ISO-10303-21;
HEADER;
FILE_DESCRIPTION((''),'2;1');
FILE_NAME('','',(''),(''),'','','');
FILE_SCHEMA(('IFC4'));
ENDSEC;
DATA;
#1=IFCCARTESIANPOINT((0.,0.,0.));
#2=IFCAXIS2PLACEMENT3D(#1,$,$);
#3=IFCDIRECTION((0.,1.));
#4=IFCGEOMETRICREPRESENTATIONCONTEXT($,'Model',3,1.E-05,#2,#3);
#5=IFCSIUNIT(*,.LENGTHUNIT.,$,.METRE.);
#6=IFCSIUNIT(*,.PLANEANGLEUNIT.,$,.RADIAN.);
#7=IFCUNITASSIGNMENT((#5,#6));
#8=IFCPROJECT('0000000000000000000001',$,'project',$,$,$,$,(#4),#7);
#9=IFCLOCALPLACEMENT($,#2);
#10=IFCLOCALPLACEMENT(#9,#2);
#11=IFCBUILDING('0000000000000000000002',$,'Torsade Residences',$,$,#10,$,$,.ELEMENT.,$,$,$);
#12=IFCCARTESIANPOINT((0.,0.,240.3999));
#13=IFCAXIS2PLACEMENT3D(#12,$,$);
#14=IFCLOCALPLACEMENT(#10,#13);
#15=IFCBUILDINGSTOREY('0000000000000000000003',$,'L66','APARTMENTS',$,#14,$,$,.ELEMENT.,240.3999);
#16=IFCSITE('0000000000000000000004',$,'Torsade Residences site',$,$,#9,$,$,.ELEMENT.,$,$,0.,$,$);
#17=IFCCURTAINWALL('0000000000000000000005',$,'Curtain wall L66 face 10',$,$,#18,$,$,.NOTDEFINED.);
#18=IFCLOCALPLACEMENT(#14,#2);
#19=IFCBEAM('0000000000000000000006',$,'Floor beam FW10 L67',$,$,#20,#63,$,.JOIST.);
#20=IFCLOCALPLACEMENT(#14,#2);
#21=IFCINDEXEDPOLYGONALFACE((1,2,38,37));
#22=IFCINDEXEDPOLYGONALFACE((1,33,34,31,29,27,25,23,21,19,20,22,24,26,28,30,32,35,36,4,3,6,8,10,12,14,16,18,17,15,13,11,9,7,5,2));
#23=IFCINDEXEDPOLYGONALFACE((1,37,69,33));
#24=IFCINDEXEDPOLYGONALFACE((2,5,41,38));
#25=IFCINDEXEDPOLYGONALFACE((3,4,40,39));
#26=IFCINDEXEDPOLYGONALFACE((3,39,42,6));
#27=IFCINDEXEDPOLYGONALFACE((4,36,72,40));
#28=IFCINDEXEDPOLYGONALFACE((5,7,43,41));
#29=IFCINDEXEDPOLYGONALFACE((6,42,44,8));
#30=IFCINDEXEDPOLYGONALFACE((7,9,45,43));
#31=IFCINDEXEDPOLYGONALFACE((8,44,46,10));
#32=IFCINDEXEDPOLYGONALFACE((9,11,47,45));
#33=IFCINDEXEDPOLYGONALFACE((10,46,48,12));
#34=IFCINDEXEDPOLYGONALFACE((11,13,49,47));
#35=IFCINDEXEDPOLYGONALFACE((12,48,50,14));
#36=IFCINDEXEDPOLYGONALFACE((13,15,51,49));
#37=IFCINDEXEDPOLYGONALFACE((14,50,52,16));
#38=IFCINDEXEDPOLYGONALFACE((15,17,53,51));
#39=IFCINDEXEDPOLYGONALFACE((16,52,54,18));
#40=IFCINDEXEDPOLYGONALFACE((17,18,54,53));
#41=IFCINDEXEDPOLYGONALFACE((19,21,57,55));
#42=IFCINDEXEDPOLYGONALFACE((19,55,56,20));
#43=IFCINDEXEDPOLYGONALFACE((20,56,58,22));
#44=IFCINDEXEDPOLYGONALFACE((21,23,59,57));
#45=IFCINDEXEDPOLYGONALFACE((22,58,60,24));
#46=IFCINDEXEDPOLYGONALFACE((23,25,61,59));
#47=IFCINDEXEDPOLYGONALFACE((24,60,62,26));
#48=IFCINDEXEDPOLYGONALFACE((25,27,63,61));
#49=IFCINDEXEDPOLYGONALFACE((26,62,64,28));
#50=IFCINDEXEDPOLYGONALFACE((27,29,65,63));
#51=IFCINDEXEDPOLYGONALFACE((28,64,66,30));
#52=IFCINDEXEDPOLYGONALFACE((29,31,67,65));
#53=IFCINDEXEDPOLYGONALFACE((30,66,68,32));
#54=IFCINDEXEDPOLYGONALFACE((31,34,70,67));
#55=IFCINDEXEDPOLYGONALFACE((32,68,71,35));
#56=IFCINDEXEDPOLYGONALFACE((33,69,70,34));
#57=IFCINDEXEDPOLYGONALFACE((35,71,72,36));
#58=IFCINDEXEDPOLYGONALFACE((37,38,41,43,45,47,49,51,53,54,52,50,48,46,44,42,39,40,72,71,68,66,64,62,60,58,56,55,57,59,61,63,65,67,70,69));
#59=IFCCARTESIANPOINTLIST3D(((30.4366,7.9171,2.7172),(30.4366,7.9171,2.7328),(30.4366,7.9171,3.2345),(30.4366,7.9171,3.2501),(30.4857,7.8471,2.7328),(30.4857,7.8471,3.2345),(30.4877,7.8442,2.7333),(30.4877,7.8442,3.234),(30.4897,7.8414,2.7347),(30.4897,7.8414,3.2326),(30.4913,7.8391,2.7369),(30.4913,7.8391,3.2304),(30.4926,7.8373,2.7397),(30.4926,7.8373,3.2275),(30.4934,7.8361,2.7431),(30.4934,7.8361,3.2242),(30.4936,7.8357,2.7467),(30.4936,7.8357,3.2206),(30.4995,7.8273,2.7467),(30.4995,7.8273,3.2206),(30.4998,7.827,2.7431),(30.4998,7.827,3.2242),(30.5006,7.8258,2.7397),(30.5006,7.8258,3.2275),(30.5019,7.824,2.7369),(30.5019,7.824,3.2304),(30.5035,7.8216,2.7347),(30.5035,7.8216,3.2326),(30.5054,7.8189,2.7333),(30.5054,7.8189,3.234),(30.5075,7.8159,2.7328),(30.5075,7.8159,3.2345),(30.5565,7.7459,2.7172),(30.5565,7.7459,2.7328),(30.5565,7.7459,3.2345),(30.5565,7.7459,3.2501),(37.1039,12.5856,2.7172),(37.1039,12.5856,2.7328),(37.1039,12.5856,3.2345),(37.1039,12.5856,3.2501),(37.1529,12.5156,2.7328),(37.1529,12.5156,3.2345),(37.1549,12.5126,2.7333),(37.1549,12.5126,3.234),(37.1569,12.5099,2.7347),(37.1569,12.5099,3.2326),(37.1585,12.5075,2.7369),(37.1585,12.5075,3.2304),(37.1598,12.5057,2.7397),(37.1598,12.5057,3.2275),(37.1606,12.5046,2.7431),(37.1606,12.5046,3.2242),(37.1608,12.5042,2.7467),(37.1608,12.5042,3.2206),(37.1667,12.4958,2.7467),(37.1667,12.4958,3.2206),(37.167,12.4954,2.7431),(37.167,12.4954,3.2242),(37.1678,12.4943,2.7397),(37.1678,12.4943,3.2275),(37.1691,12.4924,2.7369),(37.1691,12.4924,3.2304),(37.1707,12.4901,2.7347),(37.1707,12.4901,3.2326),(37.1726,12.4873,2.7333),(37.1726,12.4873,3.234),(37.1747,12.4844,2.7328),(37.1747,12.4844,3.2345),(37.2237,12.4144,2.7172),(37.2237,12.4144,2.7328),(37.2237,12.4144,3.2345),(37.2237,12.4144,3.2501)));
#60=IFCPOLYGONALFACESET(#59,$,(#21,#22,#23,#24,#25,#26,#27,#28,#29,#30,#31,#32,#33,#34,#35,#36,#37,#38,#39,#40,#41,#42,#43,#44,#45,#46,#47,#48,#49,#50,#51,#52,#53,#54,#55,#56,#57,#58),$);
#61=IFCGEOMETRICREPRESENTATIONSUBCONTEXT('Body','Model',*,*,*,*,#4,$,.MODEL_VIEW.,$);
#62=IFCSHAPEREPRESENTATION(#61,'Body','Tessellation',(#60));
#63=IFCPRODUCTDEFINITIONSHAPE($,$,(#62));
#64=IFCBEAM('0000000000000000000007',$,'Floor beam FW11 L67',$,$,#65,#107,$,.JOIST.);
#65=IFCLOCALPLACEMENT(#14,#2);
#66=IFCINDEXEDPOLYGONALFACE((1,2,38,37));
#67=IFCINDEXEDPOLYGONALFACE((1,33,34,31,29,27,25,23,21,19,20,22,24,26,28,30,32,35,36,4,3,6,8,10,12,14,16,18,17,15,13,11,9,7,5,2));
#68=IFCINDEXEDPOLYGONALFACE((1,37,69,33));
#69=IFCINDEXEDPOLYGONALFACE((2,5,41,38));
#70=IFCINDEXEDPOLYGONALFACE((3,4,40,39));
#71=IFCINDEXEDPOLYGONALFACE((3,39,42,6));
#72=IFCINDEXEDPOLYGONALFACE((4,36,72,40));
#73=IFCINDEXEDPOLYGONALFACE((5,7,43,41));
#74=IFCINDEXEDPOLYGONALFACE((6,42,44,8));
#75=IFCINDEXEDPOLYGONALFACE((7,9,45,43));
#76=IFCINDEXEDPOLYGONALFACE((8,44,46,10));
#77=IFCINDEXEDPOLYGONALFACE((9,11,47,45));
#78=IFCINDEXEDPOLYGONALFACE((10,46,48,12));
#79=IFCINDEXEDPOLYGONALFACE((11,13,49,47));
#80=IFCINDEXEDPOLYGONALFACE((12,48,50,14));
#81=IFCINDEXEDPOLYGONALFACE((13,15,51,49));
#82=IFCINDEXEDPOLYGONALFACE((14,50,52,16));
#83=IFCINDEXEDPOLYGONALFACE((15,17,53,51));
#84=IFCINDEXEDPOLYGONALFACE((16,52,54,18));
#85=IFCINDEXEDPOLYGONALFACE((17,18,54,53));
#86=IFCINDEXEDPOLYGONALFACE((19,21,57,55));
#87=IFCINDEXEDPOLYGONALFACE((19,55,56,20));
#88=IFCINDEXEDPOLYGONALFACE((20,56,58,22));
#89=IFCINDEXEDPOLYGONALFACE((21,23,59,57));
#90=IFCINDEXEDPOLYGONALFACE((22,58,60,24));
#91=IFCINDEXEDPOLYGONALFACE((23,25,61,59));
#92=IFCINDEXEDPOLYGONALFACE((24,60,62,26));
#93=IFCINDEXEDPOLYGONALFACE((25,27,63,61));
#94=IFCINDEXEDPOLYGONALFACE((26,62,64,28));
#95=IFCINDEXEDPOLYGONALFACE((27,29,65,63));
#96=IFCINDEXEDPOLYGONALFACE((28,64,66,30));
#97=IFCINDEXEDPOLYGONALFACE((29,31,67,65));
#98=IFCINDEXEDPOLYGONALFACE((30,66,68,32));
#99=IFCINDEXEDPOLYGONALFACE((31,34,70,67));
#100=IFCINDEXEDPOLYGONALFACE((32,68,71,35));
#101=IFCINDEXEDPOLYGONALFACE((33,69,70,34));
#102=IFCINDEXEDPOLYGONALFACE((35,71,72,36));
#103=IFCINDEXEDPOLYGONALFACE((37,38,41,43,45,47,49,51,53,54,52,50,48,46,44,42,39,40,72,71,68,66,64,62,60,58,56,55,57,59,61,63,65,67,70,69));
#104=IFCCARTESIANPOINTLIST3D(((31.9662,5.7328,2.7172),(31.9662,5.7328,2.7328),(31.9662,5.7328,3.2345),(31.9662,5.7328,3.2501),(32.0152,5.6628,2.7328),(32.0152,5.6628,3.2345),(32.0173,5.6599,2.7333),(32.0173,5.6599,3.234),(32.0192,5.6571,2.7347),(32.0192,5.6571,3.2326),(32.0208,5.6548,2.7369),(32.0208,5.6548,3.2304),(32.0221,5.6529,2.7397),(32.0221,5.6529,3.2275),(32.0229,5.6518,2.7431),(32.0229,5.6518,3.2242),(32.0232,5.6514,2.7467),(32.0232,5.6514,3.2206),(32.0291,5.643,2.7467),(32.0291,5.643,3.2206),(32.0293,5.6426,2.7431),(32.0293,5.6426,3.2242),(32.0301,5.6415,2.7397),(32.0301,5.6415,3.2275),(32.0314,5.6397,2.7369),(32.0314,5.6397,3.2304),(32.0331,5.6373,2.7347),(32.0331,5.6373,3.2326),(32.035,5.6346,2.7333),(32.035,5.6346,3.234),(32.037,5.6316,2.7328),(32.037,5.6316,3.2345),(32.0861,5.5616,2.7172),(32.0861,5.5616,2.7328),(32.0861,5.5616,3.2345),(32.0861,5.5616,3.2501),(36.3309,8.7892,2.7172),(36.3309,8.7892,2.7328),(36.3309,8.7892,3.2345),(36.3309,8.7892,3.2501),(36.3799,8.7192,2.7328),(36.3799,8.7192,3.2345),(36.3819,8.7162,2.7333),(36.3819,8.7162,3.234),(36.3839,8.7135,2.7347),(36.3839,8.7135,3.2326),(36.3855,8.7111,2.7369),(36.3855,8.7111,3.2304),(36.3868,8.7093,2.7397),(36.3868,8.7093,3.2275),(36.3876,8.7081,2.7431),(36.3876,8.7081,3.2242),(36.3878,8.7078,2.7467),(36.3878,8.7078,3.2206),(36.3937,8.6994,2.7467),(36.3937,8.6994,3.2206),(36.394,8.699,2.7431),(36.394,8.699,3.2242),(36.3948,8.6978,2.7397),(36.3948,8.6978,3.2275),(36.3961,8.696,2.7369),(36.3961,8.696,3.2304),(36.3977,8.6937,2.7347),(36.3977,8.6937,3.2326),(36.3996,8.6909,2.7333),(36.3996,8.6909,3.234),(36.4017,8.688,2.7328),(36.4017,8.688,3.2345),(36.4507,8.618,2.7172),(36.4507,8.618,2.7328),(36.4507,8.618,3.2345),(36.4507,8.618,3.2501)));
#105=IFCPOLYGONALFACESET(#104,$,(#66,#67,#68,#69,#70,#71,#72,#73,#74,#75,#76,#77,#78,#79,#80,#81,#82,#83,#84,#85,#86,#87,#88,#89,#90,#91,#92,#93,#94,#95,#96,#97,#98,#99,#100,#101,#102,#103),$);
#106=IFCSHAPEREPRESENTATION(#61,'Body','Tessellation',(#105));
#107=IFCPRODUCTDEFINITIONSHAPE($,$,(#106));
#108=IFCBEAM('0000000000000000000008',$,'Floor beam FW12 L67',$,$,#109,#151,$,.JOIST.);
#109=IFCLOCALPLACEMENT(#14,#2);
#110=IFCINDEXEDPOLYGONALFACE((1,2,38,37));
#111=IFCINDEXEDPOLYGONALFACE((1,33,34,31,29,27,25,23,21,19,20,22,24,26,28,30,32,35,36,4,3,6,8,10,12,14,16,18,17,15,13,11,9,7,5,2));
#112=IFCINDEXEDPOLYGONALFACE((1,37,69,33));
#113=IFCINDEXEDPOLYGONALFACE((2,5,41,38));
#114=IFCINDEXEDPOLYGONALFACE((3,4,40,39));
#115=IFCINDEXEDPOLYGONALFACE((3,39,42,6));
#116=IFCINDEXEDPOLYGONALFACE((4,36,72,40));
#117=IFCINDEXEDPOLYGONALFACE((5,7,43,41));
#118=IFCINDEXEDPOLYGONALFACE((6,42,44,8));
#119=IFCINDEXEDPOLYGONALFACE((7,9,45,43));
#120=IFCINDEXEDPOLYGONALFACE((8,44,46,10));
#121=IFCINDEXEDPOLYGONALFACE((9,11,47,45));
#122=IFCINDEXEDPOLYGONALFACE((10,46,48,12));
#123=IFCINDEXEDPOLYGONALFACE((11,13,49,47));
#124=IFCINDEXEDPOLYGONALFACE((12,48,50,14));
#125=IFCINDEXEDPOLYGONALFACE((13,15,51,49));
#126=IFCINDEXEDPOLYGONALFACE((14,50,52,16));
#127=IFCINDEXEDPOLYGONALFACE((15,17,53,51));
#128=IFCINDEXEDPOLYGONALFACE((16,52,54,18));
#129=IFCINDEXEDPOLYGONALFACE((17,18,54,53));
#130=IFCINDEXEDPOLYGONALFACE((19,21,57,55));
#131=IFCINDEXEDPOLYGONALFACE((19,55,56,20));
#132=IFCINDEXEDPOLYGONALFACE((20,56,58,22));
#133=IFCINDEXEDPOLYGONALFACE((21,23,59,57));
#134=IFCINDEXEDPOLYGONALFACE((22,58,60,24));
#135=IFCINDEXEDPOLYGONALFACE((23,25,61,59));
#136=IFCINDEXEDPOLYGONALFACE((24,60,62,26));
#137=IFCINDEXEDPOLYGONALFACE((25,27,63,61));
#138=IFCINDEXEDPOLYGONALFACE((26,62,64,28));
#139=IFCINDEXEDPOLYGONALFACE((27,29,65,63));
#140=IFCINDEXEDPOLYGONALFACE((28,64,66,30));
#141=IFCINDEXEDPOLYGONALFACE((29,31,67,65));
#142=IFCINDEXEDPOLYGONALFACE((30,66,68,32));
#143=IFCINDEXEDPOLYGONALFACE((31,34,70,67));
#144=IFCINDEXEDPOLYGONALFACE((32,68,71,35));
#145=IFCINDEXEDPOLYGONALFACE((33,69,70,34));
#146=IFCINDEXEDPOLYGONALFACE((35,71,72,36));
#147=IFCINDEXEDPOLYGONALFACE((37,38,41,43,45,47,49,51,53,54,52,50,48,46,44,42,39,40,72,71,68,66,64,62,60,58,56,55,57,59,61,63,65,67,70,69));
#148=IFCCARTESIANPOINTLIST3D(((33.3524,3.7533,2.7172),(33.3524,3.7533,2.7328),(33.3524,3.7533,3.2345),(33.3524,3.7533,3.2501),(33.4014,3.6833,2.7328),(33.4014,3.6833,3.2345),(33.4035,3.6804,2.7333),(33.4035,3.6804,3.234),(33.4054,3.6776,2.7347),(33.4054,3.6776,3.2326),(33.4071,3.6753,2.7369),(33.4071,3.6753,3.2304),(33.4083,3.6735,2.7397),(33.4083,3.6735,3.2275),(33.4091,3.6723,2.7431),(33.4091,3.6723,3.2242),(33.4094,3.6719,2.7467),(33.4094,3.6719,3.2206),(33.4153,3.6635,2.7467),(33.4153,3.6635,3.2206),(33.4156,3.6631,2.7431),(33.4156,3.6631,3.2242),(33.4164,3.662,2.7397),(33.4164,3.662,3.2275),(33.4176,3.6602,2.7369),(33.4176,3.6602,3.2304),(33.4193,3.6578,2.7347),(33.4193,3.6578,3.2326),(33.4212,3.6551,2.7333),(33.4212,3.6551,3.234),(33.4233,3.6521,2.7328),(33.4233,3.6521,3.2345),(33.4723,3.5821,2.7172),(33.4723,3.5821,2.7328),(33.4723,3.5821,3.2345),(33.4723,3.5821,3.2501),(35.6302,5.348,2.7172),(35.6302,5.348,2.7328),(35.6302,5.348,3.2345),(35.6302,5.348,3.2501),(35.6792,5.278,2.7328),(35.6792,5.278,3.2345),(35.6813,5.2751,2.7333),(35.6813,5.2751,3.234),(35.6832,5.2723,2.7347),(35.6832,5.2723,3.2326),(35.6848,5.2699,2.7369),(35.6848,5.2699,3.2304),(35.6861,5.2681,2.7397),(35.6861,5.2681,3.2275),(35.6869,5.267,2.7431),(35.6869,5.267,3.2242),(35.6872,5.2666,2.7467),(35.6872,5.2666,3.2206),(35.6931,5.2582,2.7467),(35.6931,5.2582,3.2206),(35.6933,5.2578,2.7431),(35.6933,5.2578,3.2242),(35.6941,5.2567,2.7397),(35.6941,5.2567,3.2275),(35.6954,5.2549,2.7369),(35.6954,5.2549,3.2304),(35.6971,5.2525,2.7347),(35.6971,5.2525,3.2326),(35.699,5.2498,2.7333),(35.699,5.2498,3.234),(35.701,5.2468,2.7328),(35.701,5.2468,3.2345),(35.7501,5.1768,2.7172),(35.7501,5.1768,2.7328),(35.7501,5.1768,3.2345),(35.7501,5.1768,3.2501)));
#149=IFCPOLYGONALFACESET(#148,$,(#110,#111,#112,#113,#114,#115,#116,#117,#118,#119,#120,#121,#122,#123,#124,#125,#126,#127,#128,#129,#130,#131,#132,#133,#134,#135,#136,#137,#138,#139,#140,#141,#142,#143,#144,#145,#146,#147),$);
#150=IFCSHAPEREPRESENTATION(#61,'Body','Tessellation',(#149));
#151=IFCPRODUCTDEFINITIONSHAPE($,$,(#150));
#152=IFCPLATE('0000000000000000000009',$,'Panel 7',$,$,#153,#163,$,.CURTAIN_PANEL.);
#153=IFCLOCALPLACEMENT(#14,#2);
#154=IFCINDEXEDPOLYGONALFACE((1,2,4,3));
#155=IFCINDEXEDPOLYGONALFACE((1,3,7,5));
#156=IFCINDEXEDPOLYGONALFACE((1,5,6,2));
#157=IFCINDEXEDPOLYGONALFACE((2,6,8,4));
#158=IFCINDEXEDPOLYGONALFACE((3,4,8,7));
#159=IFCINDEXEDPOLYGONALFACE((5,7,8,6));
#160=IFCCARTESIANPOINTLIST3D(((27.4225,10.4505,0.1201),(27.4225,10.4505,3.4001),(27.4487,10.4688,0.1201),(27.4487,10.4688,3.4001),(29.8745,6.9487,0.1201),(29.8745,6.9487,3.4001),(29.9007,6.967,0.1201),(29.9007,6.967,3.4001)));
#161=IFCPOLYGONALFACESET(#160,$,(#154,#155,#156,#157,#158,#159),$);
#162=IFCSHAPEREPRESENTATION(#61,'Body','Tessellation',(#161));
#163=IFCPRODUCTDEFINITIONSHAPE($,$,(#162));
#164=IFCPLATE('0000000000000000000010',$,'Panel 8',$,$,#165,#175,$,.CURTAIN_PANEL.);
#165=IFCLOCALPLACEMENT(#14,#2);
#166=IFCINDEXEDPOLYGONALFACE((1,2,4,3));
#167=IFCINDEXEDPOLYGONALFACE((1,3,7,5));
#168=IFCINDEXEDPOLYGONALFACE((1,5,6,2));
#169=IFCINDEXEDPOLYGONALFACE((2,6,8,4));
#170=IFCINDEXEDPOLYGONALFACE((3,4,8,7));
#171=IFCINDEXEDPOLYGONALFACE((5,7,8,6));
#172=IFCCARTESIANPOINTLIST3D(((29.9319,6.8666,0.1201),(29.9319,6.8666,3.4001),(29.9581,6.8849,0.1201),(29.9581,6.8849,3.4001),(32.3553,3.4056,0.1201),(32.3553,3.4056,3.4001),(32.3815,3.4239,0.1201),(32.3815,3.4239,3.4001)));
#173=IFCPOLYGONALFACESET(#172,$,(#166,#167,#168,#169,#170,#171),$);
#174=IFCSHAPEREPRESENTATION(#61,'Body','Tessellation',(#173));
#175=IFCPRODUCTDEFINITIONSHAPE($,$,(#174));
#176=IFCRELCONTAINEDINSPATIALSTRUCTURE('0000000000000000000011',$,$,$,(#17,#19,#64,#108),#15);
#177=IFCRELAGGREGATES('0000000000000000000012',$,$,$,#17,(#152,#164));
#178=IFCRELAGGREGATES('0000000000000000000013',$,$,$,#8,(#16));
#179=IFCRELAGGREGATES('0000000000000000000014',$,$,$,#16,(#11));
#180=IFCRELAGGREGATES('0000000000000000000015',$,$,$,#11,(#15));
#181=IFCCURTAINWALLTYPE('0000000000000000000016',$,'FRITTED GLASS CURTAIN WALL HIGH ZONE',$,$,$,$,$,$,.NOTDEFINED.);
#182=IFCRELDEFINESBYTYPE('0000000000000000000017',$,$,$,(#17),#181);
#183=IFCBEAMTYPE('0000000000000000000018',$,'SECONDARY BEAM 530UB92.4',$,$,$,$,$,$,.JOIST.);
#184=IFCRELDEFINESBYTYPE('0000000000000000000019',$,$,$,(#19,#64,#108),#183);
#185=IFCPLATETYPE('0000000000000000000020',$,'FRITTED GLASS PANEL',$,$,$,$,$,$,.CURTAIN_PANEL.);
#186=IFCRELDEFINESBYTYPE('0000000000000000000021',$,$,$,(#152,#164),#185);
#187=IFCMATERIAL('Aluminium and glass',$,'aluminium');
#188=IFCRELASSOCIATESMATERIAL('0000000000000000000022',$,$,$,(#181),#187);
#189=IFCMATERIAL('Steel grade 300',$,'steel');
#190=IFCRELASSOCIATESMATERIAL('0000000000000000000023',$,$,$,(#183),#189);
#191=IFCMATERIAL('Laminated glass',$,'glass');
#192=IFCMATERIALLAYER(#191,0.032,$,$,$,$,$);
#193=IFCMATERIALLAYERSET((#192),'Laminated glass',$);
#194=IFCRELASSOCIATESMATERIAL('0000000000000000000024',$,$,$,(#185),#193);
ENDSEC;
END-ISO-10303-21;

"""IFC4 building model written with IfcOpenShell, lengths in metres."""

from ifc_helpers import new_model, si_unit, direction, frame, origin, origin_2d, place, context, subcontext, project, spatial, rectangle, i_section, extrude, material, layer, layer_set, material_profile, profile_set, type_object, element, aggregate, save


model = new_model("IFC4")

# Units and contexts
model_context = context("Model", 3, precision=1e-05, world=origin(), true_north=direction((0.0, 1.0)))
body_context = subcontext(model_context, "Body", "Model", "MODEL_VIEW")
ifc_project = project(units=[si_unit("LENGTHUNIT", "METRE"), si_unit("PLANEANGLEUNIT", "RADIAN")], contexts=[model_context])

# Site, building, storey
site_placement = place(None, origin())
site = spatial("IfcSite", under=ifc_project, at=site_placement, Name="Torsade Residences site", CompositionType="ELEMENT", RefElevation=0.0)
building_placement = place(site_placement, origin())
building = spatial("IfcBuilding", under=site, at=building_placement, Name="Torsade Residences", CompositionType="ELEMENT")
storey_placement = place(building_placement, frame((0.0, 0.0, 240.3999)))
storey = spatial("IfcBuildingStorey", under=building, at=storey_placement, Name="L66", Description="APARTMENTS", CompositionType="ELEMENT", Elevation=240.3999)

# Shared definitions
ifc_material_1 = material(Name="Aluminium and glass", Category="aluminium")
curtain_wall_type = type_object("IfcCurtainWallType", Name="FRITTED GLASS CURTAIN WALL HIGH ZONE", PredefinedType="NOTDEFINED", material=ifc_material_1)

# Curtain wall
curtain_wall_1_placement = place(storey_placement, origin())
curtain_wall_1 = element("IfcCurtainWall", 1, at=curtain_wall_1_placement, inside=storey, type_object=curtain_wall_type, Name="Curtain wall L66 face 10", PredefinedType="NOTDEFINED")

# Beams
ifc_material_2 = material(Name="Steel grade 300", Category="steel")
ifc_material_profile_1 = material_profile(ifc_material_2, i_section(OverallWidth=0.209, OverallDepth=0.533, WebThickness=0.0103, FlangeThickness=0.0156, FilletRadius=0.0139, at=origin_2d()), Name="530UB92.4")
ifc_profile_set_1 = profile_set([ifc_material_profile_1], Name="Steel grade 300")
beam_type_1 = type_object("IfcBeamType", Name="SECONDARY BEAM 530UB92.4", PredefinedType="JOIST", material=ifc_profile_set_1)
beam_1_placement = place(storey_placement, frame((30.4966, 7.8315, 2.9836), z_axis=(0.819152, 0.573577, 0.0), x_axis=(-0.573577, 0.819152, 0.0)))
element("IfcBeam", 2, at=beam_1_placement, inside=storey, type_object=beam_type_1, Name="Floor beam FW10 L67", PredefinedType="JOIST", context=body_context, shape_type="SweptSolid", body=[
    extrude(i_section(OverallWidth=0.209, OverallDepth=0.533, WebThickness=0.0103, FlangeThickness=0.0156, FilletRadius=0.0139, at=origin_2d()), origin(), (0.0, 0.0, 1.0), 8.1392),
])
beam_2_placement = place(storey_placement, frame((32.0261, 5.6472, 2.9836), z_axis=(0.819137, 0.573598, 0.0), x_axis=(-0.573598, 0.819137, 0.0)))
element("IfcBeam", 3, at=beam_2_placement, inside=storey, type_object=beam_type_1, Name="Floor beam FW11 L67", PredefinedType="JOIST", context=body_context, shape_type="SweptSolid", body=[
    extrude(i_section(OverallWidth=0.209, OverallDepth=0.533, WebThickness=0.0103, FlangeThickness=0.0156, FilletRadius=0.0139, at=origin_2d()), origin(), (0.0, 0.0, 1.0), 5.3284),
])
beam_3_placement = place(storey_placement, frame((33.4124, 3.6677, 2.9836), z_axis=(0.819191, 0.573521, 0.0), x_axis=(-0.573521, 0.819191, 0.0)))
element("IfcBeam", 4, at=beam_3_placement, inside=storey, type_object=beam_type_1, Name="Floor beam FW12 L67", PredefinedType="JOIST", context=body_context, shape_type="SweptSolid", body=[
    extrude(i_section(OverallWidth=0.209, OverallDepth=0.533, WebThickness=0.0103, FlangeThickness=0.0156, FilletRadius=0.0139, at=origin_2d()), origin(), (0.0, 0.0, 1.0), 2.7805),
])

# Plates
ifc_material_3 = material(Name="Laminated glass", Category="glass")
ifc_layer_1 = layer(ifc_material_3, 0.032)
ifc_layer_set_1 = layer_set([ifc_layer_1], Name="Laminated glass")
plate_type = type_object("IfcPlateType", Name="FRITTED GLASS PANEL", PredefinedType="CURTAIN_PANEL", material=ifc_layer_set_1)
plate_1_placement = place(storey_placement, frame((28.6616, 8.7087, 0.1201), z_axis=(0.0, 0.0, 1.0), x_axis=(0.573576, -0.819152, 0.0)))
plate_1 = element("IfcPlate", 5, at=plate_1_placement, type_object=plate_type, Name="Panel 7", PredefinedType="CURTAIN_PANEL", context=body_context, shape_type="SweptSolid", body=[
    extrude(rectangle(XDim=4.2749, YDim=0.032, at=origin_2d()), origin(), (0.0, 0.0, 1.0), 3.28),
])
plate_2_placement = place(storey_placement, frame((31.1567, 5.1453, 0.1201), z_axis=(0.0, 0.0, 1.0), x_axis=(0.573576, -0.819152, 0.0)))
plate_2 = element("IfcPlate", 6, at=plate_2_placement, type_object=plate_type, Name="Panel 8", PredefinedType="CURTAIN_PANEL", context=body_context, shape_type="SweptSolid", body=[
    extrude(rectangle(XDim=4.2251, YDim=0.032, at=origin_2d()), origin(), (0.0, 0.0, 1.0), 3.28),
])
aggregate(curtain_wall_1, [plate_1, plate_2])

save(model, "model.ifc")
